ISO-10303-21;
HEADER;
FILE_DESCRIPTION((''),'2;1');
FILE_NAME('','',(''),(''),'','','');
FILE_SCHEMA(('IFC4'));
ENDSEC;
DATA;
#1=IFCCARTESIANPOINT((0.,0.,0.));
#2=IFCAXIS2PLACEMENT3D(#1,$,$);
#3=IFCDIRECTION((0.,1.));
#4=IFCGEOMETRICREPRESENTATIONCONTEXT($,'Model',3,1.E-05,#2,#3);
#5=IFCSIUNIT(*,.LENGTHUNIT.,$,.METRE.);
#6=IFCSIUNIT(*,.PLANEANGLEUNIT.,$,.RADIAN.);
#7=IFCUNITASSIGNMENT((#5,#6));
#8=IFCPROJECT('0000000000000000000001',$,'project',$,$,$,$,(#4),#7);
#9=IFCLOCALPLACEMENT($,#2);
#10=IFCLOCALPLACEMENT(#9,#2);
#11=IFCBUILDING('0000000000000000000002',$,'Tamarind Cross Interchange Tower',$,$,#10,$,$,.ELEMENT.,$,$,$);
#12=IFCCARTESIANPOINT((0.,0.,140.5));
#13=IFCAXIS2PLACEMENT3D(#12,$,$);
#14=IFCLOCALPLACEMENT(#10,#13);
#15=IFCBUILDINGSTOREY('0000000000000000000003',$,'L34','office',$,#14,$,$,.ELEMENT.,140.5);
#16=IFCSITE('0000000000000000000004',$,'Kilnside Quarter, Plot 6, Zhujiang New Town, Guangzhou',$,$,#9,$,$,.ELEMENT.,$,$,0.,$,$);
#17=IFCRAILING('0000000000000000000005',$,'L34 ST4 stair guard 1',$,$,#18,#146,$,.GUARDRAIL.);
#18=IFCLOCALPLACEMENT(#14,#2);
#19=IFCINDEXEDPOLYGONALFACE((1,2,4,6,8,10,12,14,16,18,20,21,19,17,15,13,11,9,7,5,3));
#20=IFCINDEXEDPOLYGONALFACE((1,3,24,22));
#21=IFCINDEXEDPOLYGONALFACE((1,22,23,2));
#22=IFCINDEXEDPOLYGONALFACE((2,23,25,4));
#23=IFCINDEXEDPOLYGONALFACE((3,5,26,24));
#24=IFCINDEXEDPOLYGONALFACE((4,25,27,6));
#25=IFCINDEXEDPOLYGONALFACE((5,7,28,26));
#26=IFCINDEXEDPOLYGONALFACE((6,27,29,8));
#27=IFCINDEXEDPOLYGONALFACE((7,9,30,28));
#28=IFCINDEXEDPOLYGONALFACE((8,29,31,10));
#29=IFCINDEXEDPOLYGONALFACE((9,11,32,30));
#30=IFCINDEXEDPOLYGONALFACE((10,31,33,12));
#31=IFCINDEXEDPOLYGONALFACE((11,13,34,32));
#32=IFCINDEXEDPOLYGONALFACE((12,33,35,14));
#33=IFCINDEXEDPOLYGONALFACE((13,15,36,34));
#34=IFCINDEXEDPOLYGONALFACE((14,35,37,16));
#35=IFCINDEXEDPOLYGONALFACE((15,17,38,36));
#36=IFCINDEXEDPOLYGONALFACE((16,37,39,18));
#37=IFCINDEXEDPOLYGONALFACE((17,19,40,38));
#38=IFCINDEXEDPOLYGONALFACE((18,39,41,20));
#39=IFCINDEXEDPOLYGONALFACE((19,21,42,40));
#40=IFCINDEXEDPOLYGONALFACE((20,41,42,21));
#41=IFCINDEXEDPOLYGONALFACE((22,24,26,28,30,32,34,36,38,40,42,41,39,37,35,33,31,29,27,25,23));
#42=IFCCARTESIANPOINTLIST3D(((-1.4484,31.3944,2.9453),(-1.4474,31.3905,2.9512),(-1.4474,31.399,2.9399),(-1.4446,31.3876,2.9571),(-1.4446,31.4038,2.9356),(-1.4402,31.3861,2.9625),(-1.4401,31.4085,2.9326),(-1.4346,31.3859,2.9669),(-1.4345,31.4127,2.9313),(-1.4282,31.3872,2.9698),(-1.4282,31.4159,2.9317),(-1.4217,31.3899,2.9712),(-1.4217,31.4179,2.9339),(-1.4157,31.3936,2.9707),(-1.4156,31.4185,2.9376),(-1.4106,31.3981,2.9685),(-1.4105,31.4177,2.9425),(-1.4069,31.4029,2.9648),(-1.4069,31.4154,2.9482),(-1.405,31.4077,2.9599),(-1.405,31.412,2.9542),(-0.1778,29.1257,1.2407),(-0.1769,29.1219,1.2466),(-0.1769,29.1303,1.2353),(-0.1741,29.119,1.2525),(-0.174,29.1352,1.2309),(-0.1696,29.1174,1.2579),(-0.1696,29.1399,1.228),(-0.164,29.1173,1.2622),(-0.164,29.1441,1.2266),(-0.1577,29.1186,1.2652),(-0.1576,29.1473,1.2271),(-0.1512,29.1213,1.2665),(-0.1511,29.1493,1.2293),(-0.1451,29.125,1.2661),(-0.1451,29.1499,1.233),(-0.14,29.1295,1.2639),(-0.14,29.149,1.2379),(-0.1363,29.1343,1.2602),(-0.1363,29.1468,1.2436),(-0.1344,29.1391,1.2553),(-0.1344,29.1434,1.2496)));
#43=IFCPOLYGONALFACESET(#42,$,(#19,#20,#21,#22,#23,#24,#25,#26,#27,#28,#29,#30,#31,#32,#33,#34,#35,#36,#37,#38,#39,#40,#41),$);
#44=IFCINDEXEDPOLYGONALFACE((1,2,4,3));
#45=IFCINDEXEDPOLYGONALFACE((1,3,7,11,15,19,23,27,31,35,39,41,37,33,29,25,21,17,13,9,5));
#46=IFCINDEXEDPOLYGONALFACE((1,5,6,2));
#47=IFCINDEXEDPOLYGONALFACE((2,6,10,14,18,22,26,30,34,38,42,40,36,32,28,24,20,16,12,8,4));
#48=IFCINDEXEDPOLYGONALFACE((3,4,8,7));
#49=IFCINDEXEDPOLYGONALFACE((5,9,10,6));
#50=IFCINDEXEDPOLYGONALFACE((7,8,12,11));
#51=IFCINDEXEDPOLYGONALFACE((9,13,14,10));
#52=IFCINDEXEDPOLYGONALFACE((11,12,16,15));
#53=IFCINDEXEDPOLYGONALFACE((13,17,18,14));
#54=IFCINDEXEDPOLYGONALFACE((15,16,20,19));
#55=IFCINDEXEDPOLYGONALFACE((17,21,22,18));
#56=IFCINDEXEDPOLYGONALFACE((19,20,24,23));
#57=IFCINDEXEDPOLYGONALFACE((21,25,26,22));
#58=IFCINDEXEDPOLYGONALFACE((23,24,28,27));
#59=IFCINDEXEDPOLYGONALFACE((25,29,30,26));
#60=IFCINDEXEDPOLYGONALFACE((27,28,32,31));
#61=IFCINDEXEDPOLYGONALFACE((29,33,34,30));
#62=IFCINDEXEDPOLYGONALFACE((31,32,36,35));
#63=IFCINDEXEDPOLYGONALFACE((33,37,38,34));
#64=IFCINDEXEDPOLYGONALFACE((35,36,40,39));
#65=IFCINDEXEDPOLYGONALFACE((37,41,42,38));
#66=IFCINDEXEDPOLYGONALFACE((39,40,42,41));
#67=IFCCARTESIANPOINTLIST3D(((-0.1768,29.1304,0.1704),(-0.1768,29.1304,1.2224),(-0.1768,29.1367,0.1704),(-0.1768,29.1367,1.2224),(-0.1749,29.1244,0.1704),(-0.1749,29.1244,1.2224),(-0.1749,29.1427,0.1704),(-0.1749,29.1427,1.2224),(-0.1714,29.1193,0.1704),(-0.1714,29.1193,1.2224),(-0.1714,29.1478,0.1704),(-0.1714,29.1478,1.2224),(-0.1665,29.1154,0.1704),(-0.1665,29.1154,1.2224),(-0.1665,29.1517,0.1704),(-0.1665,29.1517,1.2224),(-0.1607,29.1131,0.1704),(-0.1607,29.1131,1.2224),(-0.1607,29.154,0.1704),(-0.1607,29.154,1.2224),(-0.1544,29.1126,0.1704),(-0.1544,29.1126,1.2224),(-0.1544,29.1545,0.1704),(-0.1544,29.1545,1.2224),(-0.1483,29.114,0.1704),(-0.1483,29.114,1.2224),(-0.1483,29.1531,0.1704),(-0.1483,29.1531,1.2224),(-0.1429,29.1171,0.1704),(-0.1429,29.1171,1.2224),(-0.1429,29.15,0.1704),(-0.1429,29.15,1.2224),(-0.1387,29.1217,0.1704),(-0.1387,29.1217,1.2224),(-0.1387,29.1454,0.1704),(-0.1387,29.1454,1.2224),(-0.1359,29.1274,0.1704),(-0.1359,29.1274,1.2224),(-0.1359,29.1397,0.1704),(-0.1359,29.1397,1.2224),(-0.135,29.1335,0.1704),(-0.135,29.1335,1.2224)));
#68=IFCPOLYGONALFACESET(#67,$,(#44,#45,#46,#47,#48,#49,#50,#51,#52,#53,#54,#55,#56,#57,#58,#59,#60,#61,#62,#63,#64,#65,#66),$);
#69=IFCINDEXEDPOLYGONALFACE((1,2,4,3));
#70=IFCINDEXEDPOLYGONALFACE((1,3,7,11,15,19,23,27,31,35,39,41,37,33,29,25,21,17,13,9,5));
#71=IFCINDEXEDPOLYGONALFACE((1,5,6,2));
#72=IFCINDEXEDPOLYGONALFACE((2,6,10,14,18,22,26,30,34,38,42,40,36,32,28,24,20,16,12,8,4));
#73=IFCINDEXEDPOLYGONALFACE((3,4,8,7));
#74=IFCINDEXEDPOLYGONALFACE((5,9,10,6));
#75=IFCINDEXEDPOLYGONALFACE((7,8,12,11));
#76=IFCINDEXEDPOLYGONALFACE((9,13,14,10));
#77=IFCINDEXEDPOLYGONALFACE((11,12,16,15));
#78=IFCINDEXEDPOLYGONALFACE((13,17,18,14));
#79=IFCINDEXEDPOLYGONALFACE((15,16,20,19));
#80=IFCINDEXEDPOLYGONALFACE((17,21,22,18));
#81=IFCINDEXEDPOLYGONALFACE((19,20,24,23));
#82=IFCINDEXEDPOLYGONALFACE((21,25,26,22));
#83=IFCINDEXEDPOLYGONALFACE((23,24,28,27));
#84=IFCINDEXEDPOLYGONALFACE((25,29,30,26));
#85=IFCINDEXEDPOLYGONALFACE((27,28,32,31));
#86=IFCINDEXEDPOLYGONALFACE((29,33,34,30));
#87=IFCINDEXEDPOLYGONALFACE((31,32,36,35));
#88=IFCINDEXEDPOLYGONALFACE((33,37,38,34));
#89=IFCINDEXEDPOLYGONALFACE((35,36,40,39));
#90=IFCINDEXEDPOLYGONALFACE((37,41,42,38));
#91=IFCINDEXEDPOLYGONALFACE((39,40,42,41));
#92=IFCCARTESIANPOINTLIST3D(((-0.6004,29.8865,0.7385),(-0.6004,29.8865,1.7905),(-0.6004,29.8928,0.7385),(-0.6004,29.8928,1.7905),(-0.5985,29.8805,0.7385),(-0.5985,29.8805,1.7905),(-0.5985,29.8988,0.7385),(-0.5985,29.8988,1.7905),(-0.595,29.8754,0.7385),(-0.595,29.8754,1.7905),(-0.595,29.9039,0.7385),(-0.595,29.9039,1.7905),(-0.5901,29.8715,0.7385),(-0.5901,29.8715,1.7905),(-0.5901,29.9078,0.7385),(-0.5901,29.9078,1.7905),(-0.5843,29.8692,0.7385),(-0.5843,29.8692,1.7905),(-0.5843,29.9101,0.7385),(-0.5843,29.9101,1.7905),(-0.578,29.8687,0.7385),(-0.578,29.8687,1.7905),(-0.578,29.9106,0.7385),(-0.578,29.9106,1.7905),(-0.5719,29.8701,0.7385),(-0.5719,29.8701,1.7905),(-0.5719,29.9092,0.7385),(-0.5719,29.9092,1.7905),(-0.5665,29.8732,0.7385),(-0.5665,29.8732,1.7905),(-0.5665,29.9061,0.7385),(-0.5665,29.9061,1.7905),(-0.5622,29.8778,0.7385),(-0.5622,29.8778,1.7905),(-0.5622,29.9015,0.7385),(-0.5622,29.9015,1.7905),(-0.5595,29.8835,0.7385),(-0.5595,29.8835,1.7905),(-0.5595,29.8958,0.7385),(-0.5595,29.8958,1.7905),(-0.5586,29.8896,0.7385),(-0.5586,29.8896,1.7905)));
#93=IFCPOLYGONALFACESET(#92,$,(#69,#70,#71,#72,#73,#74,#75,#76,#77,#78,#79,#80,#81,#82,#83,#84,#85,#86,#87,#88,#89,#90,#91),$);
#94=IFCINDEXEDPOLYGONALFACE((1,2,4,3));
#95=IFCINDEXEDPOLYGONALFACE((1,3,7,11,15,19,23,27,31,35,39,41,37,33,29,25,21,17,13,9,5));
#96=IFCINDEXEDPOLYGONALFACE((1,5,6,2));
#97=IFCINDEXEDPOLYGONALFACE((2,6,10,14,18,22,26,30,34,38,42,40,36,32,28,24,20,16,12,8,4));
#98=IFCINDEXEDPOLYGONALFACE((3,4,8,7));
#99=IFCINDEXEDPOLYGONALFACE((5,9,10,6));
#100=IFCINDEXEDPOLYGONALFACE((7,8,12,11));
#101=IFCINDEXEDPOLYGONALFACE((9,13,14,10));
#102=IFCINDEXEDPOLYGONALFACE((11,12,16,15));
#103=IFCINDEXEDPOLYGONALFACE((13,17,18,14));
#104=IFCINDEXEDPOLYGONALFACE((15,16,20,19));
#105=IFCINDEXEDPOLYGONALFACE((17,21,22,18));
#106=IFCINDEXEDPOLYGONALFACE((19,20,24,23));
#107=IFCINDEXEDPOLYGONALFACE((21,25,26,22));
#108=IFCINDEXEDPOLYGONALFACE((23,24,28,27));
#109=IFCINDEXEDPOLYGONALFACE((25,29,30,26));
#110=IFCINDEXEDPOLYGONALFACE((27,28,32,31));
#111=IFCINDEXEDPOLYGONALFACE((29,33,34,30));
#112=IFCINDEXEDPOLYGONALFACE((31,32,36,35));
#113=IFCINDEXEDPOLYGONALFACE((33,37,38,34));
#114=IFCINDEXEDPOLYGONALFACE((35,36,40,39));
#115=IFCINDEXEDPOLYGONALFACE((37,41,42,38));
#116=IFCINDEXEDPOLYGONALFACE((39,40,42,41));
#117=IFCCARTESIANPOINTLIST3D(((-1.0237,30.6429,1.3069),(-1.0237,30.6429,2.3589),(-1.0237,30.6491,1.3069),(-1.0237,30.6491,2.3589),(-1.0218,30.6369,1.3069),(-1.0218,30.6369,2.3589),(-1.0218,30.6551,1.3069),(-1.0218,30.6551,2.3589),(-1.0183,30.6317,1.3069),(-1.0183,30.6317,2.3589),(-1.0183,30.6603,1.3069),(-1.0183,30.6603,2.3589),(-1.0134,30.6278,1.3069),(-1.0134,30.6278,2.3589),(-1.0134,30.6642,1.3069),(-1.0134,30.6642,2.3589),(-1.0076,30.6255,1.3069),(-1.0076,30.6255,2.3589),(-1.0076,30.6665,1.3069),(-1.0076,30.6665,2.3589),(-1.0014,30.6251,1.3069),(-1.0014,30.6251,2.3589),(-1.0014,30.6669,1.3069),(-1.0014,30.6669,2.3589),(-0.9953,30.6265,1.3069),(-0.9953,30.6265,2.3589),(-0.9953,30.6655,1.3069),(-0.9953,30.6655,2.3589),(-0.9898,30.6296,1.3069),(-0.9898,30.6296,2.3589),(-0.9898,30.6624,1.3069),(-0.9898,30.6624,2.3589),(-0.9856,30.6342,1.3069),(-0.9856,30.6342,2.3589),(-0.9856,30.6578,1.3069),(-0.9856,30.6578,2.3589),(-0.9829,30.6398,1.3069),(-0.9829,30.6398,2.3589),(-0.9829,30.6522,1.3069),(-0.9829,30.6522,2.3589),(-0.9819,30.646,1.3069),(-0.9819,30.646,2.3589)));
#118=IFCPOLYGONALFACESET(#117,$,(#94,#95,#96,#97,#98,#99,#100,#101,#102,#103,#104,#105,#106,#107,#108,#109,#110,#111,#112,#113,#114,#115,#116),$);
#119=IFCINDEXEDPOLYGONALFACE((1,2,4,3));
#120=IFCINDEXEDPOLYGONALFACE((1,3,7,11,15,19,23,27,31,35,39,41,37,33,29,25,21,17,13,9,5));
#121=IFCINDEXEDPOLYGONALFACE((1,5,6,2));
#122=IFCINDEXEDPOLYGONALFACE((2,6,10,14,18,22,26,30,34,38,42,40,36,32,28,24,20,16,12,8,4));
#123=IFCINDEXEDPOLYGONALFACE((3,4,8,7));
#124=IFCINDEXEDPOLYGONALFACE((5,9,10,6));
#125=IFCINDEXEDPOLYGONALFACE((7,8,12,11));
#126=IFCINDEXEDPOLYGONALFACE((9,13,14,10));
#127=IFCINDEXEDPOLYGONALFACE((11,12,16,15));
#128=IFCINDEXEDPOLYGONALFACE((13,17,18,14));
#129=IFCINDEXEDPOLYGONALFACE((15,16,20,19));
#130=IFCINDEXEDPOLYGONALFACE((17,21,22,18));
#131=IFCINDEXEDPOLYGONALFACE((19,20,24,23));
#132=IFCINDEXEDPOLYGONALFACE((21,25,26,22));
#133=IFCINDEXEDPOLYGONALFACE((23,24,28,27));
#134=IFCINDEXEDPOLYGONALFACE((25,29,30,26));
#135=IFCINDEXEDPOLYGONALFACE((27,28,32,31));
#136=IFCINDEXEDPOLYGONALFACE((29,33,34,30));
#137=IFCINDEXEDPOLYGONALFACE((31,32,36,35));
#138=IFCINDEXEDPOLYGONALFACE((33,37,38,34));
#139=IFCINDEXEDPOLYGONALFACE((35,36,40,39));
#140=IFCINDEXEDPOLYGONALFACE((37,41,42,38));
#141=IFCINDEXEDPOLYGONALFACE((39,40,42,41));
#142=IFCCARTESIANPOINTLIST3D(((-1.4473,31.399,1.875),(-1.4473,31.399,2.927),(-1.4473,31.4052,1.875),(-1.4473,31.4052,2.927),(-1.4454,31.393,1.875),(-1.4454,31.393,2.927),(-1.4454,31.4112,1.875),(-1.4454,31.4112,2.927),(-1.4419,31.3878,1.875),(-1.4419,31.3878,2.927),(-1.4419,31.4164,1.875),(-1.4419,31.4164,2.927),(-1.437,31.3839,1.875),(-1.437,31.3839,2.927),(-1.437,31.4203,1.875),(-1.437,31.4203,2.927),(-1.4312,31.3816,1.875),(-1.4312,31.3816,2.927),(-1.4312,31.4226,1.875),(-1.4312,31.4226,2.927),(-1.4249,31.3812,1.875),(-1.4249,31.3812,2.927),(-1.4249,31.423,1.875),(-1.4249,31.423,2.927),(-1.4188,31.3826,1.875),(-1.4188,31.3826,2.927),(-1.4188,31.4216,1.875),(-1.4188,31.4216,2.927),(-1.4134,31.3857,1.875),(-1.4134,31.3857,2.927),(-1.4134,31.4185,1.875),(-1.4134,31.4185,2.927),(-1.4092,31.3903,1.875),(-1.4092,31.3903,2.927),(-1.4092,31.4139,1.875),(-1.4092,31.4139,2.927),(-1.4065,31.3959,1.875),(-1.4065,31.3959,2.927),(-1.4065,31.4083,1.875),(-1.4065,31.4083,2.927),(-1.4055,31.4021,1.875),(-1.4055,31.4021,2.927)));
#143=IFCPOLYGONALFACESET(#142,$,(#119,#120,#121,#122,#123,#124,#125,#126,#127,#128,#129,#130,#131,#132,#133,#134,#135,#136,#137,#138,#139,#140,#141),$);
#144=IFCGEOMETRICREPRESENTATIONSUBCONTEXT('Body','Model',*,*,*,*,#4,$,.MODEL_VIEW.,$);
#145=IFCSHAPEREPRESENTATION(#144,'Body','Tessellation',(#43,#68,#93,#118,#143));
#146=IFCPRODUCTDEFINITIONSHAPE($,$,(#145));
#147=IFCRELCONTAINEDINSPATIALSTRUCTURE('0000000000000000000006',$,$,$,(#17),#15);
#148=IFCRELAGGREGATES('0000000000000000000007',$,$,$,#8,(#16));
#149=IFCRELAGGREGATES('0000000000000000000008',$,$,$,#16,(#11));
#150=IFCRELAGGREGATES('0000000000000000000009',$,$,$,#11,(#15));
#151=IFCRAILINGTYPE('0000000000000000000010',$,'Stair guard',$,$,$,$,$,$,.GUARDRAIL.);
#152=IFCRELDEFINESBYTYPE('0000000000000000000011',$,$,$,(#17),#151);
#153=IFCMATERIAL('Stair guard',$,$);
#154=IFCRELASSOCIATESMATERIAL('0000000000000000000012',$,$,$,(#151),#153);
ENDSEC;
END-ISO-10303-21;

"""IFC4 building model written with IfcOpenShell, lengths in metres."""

from ifc_helpers import new_model, si_unit, direction, frame, origin, origin_2d, place, context, subcontext, project, spatial, circle, extrude, material, type_object, element, save


model = new_model("IFC4")

# Units and contexts
model_context = context("Model", 3, precision=1e-05, world=origin(), true_north=direction((0.0, 1.0)))
body_context = subcontext(model_context, "Body", "Model", "MODEL_VIEW")
ifc_project = project(units=[si_unit("LENGTHUNIT", "METRE"), si_unit("PLANEANGLEUNIT", "RADIAN")], contexts=[model_context])

# Site, building, storey
site_placement = place(None, origin())
site = spatial("IfcSite", under=ifc_project, at=site_placement, Name="Kilnside Quarter, Plot 6, Zhujiang New Town, Guangzhou", CompositionType="ELEMENT", RefElevation=0.0)
building_placement = place(site_placement, origin())
building = spatial("IfcBuilding", under=site, at=building_placement, Name="Tamarind Cross Interchange Tower", CompositionType="ELEMENT")
storey_placement = place(building_placement, frame((0.0, 0.0, 140.5)))
storey = spatial("IfcBuildingStorey", under=building, at=storey_placement, Name="L34", Description="office", CompositionType="ELEMENT", Elevation=140.5)

# Railing
ifc_material_1 = material(Name="Stair guard")
railing_type_1 = type_object("IfcRailingType", Name="Stair guard", PredefinedType="GUARDRAIL", material=ifc_material_1)
railing_1_placement = place(storey_placement, frame((-0.156, 29.1335, 0.1704)))
element("IfcRailing", 1, at=railing_1_placement, inside=storey, type_object=railing_type_1, Name="L34 ST4 stair guard 1", PredefinedType="GUARDRAIL", context=body_context, shape_type="SweptSolid", body=[
    extrude(circle(Radius=0.0239, at=origin_2d()), frame((0.0, 0.0, 1.0762), z_axis=(-0.408649, 0.729663, 0.548268), x_axis=(-0.872487, -0.488638, 0.0)), (0.0, 0.0, 1.0), 3.1091),
    extrude(circle(Radius=0.021, at=origin_2d()), origin(), (0.0, 0.0, 1.0), 1.052),
    extrude(circle(Radius=0.021, at=origin_2d()), frame((-0.4236, 0.7561, 0.5681)), (0.0, 0.0, 1.0), 1.052),
    extrude(circle(Radius=0.021, at=origin_2d()), frame((-0.8469, 1.5125, 1.1365)), (0.0, 0.0, 1.0), 1.052),
    extrude(circle(Radius=0.021, at=origin_2d()), frame((-1.2705, 2.2686, 1.7046)), (0.0, 0.0, 1.0), 1.052),
])

save(model, "model.ifc")
